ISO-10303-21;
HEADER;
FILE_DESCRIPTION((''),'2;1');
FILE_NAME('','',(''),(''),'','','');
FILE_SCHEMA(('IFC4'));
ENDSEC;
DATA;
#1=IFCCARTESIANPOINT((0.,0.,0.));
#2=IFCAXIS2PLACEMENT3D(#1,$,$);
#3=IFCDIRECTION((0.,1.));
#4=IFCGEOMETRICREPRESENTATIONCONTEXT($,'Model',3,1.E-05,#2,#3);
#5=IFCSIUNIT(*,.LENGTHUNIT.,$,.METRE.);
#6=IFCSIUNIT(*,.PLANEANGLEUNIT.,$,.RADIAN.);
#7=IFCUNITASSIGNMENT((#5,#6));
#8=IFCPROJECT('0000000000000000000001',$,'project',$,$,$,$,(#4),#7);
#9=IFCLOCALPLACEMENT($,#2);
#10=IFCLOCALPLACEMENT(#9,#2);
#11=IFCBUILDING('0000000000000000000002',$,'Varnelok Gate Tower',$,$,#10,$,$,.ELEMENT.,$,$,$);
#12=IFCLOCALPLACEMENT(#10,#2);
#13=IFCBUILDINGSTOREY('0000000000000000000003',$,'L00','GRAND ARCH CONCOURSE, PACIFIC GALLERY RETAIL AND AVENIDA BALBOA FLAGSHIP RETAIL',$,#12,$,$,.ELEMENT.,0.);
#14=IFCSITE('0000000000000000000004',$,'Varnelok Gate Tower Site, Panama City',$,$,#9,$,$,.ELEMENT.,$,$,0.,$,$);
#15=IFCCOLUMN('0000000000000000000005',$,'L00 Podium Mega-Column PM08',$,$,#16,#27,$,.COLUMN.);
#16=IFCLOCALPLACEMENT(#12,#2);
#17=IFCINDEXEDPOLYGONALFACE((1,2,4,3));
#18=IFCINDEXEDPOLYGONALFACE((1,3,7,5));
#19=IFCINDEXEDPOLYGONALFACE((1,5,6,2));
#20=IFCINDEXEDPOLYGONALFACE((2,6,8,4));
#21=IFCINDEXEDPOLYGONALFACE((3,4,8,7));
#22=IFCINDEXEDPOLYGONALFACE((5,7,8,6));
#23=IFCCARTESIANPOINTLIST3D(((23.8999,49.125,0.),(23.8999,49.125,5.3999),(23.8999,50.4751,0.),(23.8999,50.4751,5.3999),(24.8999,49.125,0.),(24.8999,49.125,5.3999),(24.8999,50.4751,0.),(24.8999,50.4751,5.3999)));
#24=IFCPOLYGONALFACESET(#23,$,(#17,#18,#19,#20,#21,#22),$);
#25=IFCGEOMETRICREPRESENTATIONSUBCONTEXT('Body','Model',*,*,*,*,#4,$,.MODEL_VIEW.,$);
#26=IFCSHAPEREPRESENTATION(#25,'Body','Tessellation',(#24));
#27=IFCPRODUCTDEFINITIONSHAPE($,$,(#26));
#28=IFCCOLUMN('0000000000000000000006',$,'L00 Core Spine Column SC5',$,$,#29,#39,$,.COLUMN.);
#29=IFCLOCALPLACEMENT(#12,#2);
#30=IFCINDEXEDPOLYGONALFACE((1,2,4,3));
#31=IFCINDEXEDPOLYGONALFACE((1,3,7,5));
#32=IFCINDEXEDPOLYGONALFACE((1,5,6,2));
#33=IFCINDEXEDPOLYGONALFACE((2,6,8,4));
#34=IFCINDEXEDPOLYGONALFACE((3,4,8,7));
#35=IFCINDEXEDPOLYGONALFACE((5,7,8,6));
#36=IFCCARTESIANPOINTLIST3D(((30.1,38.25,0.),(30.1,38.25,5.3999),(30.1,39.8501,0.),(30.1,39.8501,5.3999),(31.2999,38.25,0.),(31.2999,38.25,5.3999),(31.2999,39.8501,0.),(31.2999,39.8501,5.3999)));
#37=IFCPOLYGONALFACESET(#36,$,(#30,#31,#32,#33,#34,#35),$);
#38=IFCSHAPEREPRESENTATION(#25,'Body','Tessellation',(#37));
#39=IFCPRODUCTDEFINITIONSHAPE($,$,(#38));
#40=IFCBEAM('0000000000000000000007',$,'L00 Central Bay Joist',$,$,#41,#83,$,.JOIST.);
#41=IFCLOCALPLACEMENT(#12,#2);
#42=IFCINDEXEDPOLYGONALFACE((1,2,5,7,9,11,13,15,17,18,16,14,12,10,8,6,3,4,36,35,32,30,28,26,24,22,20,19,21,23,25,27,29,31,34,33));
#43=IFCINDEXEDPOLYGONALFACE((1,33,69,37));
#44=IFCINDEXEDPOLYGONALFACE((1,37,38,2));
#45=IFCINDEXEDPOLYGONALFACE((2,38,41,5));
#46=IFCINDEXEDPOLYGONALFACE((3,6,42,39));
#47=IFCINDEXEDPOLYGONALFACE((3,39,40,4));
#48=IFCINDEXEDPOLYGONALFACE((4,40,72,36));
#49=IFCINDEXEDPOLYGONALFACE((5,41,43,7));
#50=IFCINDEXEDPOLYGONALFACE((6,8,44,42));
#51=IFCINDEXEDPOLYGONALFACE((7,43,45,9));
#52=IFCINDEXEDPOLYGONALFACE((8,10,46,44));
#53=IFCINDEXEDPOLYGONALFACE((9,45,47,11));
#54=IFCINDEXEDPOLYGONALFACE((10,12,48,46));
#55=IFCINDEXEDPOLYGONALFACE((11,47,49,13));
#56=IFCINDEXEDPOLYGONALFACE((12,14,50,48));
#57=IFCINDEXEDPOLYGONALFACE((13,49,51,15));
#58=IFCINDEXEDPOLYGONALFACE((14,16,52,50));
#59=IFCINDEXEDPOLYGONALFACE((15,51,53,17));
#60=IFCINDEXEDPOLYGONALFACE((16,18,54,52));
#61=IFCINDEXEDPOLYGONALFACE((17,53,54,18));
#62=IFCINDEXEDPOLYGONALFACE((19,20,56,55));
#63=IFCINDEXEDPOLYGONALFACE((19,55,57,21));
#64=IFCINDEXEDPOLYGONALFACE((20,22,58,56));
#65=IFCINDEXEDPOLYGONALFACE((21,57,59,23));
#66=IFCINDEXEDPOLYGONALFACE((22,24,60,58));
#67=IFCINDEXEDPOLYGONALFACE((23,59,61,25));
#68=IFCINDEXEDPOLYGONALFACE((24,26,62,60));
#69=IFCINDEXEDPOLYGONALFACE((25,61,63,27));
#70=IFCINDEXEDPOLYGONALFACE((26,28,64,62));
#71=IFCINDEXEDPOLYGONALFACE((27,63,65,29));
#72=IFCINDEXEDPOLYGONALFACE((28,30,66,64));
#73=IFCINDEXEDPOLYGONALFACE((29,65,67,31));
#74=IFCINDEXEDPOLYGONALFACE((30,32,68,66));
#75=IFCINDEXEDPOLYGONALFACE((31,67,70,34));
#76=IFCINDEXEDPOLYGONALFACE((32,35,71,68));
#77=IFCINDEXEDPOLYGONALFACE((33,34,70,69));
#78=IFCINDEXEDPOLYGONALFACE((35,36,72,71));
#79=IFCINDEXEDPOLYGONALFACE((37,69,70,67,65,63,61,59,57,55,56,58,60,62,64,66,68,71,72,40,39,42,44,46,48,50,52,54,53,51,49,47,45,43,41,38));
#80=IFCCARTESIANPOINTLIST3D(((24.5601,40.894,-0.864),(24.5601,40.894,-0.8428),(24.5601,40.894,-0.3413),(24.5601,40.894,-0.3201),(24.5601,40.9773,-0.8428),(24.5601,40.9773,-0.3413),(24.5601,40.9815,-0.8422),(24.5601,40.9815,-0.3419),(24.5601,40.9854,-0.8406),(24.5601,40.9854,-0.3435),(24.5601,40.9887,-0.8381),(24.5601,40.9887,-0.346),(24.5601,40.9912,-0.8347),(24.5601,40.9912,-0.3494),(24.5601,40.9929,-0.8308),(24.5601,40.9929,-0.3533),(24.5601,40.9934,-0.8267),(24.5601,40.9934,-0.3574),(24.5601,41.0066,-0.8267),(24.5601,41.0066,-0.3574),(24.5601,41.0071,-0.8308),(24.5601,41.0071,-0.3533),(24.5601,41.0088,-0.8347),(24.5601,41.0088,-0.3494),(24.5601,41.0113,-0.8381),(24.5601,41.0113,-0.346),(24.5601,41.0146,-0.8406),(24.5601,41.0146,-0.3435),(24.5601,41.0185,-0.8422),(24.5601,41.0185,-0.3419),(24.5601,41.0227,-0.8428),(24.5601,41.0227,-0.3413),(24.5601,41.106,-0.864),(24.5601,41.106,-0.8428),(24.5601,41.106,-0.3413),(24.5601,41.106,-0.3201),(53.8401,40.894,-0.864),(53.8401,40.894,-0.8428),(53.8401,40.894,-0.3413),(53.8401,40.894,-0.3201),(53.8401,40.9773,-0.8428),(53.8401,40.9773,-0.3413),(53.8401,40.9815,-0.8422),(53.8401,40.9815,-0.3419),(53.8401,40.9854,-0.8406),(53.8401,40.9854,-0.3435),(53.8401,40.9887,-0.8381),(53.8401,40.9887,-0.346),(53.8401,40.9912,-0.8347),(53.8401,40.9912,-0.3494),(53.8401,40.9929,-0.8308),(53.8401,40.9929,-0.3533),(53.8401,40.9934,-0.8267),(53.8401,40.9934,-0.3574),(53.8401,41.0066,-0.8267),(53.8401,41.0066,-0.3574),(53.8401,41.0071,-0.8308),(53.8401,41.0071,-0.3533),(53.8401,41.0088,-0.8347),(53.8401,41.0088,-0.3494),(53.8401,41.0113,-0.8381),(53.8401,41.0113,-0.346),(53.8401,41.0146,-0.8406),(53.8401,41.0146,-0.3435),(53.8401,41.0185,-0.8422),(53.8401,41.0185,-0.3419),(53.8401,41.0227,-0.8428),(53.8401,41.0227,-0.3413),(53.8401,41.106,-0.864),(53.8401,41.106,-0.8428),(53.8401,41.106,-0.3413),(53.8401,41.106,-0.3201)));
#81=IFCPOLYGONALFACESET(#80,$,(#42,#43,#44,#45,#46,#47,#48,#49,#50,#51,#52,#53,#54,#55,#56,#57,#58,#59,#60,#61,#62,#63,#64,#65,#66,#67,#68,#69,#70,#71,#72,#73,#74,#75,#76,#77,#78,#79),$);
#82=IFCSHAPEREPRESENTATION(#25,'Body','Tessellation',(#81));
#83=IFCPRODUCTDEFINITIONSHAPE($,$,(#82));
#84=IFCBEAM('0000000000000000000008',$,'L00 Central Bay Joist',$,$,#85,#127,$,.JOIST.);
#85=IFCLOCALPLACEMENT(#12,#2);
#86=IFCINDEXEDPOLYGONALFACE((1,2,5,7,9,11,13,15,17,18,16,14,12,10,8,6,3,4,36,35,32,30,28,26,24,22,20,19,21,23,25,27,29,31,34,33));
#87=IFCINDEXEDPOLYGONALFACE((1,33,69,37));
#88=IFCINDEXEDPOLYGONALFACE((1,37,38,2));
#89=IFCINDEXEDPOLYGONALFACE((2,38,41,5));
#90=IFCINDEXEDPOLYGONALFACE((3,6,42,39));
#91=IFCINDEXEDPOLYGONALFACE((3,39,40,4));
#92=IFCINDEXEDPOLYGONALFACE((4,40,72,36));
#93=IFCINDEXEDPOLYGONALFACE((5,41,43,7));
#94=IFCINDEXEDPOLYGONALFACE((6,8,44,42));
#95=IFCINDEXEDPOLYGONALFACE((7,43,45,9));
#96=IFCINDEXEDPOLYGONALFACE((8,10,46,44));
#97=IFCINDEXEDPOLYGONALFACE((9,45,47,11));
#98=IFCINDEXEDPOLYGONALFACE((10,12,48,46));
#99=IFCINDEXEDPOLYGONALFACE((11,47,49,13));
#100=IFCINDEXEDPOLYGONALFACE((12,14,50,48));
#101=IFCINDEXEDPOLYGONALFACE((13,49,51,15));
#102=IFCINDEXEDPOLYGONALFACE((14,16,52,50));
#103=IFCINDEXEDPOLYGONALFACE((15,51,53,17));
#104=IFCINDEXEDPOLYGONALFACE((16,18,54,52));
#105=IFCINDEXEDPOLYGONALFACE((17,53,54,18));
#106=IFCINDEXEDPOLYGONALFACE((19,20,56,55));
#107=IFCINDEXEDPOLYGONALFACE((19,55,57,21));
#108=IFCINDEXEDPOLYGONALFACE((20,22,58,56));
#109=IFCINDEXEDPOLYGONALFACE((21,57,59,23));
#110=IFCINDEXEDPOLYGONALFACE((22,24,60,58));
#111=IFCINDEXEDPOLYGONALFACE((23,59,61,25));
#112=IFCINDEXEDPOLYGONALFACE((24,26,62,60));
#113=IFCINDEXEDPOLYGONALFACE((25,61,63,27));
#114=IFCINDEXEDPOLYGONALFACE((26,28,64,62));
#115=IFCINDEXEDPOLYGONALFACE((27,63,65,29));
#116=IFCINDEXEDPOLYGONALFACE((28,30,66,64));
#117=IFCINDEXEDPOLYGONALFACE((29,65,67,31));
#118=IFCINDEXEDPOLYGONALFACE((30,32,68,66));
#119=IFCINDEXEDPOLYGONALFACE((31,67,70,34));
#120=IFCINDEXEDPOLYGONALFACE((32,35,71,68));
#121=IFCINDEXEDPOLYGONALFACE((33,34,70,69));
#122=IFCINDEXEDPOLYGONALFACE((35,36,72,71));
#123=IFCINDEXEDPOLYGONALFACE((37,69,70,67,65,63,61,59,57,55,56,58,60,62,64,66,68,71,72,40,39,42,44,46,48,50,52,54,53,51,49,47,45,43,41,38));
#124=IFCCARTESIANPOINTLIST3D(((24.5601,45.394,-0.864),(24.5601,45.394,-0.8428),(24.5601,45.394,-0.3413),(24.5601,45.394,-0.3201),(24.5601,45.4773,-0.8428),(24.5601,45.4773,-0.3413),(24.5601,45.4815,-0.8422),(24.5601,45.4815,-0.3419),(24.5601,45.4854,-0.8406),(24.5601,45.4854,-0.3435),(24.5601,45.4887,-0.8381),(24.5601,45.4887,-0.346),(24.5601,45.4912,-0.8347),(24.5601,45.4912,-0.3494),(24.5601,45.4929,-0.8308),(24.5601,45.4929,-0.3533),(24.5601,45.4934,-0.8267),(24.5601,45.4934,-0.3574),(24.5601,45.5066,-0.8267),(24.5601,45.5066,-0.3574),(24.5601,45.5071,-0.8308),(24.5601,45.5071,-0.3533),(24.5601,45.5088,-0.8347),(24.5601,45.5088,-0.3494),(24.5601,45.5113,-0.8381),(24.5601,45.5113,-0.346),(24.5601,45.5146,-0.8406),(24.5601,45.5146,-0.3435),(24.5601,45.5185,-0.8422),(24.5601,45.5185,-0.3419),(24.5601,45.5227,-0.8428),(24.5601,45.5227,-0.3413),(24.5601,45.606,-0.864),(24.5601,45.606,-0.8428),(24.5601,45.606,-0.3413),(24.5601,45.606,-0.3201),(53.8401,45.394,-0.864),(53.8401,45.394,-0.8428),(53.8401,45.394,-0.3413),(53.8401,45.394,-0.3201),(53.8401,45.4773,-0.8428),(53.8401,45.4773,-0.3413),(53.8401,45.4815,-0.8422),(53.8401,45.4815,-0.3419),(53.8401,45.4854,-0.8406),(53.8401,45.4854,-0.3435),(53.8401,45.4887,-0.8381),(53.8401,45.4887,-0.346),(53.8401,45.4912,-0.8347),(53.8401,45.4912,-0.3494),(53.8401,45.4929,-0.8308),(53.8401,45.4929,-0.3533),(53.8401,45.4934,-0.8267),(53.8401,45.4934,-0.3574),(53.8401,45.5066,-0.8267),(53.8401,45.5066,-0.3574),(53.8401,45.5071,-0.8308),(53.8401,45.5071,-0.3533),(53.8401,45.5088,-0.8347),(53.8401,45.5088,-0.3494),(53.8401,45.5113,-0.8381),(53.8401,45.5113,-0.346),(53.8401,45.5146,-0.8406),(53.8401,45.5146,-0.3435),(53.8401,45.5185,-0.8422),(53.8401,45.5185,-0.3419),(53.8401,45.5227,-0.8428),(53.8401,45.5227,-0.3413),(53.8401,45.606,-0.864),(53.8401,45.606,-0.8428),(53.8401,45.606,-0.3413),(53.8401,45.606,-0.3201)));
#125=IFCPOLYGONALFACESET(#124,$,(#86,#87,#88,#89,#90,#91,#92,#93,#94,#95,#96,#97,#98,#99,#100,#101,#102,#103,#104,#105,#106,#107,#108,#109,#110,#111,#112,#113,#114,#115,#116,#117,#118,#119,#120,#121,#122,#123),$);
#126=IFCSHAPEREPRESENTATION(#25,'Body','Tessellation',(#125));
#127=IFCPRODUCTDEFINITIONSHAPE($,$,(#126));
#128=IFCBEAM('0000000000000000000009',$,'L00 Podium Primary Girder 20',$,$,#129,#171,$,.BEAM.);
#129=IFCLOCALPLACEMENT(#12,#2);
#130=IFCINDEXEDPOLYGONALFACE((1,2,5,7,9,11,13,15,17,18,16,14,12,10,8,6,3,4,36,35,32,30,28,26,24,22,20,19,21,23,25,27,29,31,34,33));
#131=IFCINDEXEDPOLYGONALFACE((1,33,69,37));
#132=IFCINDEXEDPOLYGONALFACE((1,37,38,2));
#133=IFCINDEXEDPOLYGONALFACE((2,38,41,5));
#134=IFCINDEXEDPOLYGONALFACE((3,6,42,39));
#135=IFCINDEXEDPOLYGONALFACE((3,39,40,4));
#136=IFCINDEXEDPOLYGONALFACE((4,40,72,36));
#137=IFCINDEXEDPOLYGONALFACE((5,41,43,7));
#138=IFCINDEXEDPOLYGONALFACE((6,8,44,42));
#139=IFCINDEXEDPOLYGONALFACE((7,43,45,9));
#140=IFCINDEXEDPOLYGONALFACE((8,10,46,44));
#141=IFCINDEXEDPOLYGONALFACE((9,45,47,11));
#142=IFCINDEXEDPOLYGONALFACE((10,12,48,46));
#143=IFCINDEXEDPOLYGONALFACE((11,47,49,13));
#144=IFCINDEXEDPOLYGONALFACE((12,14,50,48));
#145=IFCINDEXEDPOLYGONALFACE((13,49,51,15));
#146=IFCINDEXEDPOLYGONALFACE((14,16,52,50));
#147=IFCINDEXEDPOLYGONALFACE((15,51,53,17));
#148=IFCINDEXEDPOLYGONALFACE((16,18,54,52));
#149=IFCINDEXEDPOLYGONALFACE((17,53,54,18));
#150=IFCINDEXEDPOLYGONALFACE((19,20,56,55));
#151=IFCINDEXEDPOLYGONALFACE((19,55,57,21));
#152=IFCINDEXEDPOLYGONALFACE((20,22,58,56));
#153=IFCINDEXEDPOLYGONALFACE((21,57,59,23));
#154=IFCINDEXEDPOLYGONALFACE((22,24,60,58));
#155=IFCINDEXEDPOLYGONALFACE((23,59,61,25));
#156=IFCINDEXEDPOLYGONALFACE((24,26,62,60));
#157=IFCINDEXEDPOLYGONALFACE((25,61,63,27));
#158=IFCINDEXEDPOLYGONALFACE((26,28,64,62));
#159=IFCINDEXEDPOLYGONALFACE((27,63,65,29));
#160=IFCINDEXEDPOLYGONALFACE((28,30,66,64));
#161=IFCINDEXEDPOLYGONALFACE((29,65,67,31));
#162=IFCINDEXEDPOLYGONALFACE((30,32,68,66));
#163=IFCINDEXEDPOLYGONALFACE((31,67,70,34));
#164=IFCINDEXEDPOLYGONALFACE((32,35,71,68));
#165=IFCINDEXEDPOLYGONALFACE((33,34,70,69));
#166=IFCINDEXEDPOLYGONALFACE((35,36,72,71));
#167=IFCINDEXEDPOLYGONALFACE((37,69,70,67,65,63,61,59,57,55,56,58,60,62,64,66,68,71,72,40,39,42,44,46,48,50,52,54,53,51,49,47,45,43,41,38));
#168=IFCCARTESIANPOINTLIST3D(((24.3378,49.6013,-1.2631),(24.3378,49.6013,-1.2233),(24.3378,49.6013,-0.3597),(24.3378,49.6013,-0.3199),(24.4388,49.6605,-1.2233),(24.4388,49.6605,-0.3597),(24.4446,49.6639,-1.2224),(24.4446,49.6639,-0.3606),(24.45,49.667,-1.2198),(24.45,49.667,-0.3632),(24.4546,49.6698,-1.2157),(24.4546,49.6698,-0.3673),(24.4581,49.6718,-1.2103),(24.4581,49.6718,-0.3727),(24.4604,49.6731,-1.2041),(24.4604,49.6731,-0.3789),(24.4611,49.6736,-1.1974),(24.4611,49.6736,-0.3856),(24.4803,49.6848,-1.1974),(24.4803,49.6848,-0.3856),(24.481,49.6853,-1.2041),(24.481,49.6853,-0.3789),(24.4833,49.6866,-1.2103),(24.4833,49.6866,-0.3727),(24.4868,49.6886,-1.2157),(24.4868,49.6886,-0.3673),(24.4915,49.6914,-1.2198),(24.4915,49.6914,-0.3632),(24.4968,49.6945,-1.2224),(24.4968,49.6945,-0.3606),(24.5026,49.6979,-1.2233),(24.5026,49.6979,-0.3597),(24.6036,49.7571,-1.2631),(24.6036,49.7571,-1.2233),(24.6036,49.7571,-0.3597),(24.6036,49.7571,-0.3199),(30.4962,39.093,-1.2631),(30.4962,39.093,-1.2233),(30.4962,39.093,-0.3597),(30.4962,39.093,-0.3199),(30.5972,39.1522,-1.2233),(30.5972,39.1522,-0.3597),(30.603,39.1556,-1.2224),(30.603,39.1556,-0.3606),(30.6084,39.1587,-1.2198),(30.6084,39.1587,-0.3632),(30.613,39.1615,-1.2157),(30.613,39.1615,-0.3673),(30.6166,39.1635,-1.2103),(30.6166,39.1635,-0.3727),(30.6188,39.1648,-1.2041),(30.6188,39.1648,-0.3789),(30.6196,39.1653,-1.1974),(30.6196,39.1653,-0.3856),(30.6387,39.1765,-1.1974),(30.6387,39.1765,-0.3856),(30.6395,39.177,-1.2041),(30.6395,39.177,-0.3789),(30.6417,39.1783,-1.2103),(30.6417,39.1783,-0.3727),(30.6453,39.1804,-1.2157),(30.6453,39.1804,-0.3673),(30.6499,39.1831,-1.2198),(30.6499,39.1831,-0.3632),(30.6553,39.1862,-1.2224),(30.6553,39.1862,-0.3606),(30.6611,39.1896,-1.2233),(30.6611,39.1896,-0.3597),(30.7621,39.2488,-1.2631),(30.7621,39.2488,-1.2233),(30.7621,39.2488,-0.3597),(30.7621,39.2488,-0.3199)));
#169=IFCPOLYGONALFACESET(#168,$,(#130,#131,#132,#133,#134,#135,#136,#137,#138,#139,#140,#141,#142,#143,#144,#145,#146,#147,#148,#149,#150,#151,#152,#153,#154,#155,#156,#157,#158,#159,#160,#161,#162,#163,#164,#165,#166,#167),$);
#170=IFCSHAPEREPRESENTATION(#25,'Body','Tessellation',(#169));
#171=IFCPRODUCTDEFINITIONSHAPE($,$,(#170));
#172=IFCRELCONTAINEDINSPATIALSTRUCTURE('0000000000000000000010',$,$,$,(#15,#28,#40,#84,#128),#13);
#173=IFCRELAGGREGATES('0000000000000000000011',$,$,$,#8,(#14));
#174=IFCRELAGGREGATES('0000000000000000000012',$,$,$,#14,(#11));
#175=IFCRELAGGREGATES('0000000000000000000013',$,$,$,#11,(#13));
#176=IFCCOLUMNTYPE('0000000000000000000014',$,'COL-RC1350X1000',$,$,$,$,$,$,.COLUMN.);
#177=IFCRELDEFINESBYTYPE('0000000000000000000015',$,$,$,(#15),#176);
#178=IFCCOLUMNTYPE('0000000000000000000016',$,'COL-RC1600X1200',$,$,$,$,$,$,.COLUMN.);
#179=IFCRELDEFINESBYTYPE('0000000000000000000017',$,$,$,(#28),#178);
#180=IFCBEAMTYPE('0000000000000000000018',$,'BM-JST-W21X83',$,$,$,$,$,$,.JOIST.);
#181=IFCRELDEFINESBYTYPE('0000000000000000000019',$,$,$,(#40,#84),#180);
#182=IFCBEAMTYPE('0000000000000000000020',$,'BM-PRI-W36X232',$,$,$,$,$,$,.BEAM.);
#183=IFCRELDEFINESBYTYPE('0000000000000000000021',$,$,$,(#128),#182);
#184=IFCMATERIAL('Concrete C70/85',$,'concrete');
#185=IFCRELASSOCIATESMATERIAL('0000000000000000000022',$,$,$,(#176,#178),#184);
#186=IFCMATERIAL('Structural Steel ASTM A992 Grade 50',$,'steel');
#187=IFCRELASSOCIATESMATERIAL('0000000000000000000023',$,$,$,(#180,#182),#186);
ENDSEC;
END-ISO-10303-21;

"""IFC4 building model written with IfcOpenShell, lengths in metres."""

from ifc_helpers import new_model, si_unit, direction, frame, origin, origin_2d, place, context, subcontext, project, spatial, rectangle, i_section, extrude, material, material_profile, profile_set, type_object, element, save


model = new_model("IFC4")

# Units and contexts
model_context = context("Model", 3, precision=1e-05, world=origin(), true_north=direction((0.0, 1.0)))
body_context = subcontext(model_context, "Body", "Model", "MODEL_VIEW")
ifc_project = project(units=[si_unit("LENGTHUNIT", "METRE"), si_unit("PLANEANGLEUNIT", "RADIAN")], contexts=[model_context])

# Site, building, storey
site_placement = place(None, origin())
site = spatial("IfcSite", under=ifc_project, at=site_placement, Name="Varnelok Gate Tower Site, Panama City", CompositionType="ELEMENT", RefElevation=0.0)
building_placement = place(site_placement, origin())
building = spatial("IfcBuilding", under=site, at=building_placement, Name="Varnelok Gate Tower", CompositionType="ELEMENT")
storey_placement = place(building_placement, origin())
storey = spatial("IfcBuildingStorey", under=building, at=storey_placement, Name="L00", Description="GRAND ARCH CONCOURSE, PACIFIC GALLERY RETAIL AND AVENIDA BALBOA FLAGSHIP RETAIL", CompositionType="ELEMENT", Elevation=0.0)

# Columns
ifc_material_1 = material(Name="Concrete C70/85", Category="concrete")
ifc_material_profile_1 = material_profile(ifc_material_1, rectangle(XDim=1.0, YDim=1.3501, at=origin_2d()), Name="RC1350X1000")
ifc_profile_set_1 = profile_set([ifc_material_profile_1], Name="Concrete C70/85")
column_type_1 = type_object("IfcColumnType", Name="COL-RC1350X1000", PredefinedType="COLUMN", material=ifc_profile_set_1)
column_1_placement = place(storey_placement, frame((24.3999, 49.8, 0.0), z_axis=(0.0, 0.0, 1.0), x_axis=(1.0, 0.0, 0.0)))
element("IfcColumn", 1, at=column_1_placement, inside=storey, type_object=column_type_1, Name="L00 Podium Mega-Column PM08", PredefinedType="COLUMN", context=body_context, shape_type="SweptSolid", body=[
    extrude(rectangle(XDim=1.0, YDim=1.3501, at=origin_2d()), origin(), (0.0, 0.0, 1.0), 5.3999),
])
ifc_material_profile_2 = material_profile(ifc_material_1, rectangle(XDim=1.2, YDim=1.6001, at=origin_2d()), Name="RC1600X1200")
ifc_profile_set_2 = profile_set([ifc_material_profile_2], Name="Concrete C70/85")
column_type_2 = type_object("IfcColumnType", Name="COL-RC1600X1200", PredefinedType="COLUMN", material=ifc_profile_set_2)
column_2_placement = place(storey_placement, frame((30.7, 39.05, 0.0), z_axis=(0.0, 0.0, 1.0), x_axis=(1.0, 0.0, 0.0)))
element("IfcColumn", 2, at=column_2_placement, inside=storey, type_object=column_type_2, Name="L00 Core Spine Column SC5", PredefinedType="COLUMN", context=body_context, shape_type="SweptSolid", body=[
    extrude(rectangle(XDim=1.2, YDim=1.6001, at=origin_2d()), origin(), (0.0, 0.0, 1.0), 5.3999),
])

# Beams
ifc_material_2 = material(Name="Structural Steel ASTM A992 Grade 50", Category="steel")
ifc_material_profile_3 = material_profile(ifc_material_2, i_section(OverallWidth=0.2119, OverallDepth=0.5439, WebThickness=0.0132, FlangeThickness=0.0212, FilletRadius=0.0161, at=origin_2d()), Name="W21X83")
ifc_profile_set_3 = profile_set([ifc_material_profile_3], Name="Structural Steel ASTM A992 Grade 50")
beam_type_1 = type_object("IfcBeamType", Name="BM-JST-W21X83", PredefinedType="JOIST", material=ifc_profile_set_3)
for number, where, z_axis, x_axis, name in (
    (3, (24.5601, 41.0, -0.592), (1.0, 0.0, 0.0), (0.0, 1.0, 0.0), "L00 Central Bay Joist"),
    (4, (24.5601, 45.5, -0.592), (1.0, 0.0, 0.0), (0.0, 1.0, 0.0), "L00 Central Bay Joist"),
):
    element("IfcBeam", number, at=place(storey_placement, frame(where, z_axis=z_axis, x_axis=x_axis)), inside=storey, type_object=beam_type_1, Name=name, PredefinedType="JOIST", context=body_context, shape_type="SweptSolid", body=[
        extrude(i_section(OverallWidth=0.2119, OverallDepth=0.5439, WebThickness=0.0132, FlangeThickness=0.0212, FilletRadius=0.0161, at=origin_2d()), origin(), (0.0, 0.0, 1.0), 29.28),
    ])
ifc_material_profile_4 = material_profile(ifc_material_2, i_section(OverallWidth=0.3081, OverallDepth=0.9431, WebThickness=0.0222, FlangeThickness=0.0398, FilletRadius=0.0259, at=origin_2d()), Name="W36X232")
ifc_profile_set_4 = profile_set([ifc_material_profile_4], Name="Structural Steel ASTM A992 Grade 50")
beam_type_2 = type_object("IfcBeamType", Name="BM-PRI-W36X232", PredefinedType="BEAM", material=ifc_profile_set_4)
beam_1_placement = place(storey_placement, frame((24.4707, 49.6792, -0.7915), z_axis=(0.505622, -0.862755, 0.0), x_axis=(0.862755, 0.505622, 0.0)))
element("IfcBeam", 5, at=beam_1_placement, inside=storey, type_object=beam_type_2, Name="L00 Podium Primary Girder 20", PredefinedType="BEAM", context=body_context, shape_type="SweptSolid", body=[
    extrude(i_section(OverallWidth=0.3081, OverallDepth=0.9431, WebThickness=0.0222, FlangeThickness=0.0398, FilletRadius=0.0259, at=origin_2d()), origin(), (0.0, 0.0, 1.0), 12.1799),
])

save(model, "model.ifc")
